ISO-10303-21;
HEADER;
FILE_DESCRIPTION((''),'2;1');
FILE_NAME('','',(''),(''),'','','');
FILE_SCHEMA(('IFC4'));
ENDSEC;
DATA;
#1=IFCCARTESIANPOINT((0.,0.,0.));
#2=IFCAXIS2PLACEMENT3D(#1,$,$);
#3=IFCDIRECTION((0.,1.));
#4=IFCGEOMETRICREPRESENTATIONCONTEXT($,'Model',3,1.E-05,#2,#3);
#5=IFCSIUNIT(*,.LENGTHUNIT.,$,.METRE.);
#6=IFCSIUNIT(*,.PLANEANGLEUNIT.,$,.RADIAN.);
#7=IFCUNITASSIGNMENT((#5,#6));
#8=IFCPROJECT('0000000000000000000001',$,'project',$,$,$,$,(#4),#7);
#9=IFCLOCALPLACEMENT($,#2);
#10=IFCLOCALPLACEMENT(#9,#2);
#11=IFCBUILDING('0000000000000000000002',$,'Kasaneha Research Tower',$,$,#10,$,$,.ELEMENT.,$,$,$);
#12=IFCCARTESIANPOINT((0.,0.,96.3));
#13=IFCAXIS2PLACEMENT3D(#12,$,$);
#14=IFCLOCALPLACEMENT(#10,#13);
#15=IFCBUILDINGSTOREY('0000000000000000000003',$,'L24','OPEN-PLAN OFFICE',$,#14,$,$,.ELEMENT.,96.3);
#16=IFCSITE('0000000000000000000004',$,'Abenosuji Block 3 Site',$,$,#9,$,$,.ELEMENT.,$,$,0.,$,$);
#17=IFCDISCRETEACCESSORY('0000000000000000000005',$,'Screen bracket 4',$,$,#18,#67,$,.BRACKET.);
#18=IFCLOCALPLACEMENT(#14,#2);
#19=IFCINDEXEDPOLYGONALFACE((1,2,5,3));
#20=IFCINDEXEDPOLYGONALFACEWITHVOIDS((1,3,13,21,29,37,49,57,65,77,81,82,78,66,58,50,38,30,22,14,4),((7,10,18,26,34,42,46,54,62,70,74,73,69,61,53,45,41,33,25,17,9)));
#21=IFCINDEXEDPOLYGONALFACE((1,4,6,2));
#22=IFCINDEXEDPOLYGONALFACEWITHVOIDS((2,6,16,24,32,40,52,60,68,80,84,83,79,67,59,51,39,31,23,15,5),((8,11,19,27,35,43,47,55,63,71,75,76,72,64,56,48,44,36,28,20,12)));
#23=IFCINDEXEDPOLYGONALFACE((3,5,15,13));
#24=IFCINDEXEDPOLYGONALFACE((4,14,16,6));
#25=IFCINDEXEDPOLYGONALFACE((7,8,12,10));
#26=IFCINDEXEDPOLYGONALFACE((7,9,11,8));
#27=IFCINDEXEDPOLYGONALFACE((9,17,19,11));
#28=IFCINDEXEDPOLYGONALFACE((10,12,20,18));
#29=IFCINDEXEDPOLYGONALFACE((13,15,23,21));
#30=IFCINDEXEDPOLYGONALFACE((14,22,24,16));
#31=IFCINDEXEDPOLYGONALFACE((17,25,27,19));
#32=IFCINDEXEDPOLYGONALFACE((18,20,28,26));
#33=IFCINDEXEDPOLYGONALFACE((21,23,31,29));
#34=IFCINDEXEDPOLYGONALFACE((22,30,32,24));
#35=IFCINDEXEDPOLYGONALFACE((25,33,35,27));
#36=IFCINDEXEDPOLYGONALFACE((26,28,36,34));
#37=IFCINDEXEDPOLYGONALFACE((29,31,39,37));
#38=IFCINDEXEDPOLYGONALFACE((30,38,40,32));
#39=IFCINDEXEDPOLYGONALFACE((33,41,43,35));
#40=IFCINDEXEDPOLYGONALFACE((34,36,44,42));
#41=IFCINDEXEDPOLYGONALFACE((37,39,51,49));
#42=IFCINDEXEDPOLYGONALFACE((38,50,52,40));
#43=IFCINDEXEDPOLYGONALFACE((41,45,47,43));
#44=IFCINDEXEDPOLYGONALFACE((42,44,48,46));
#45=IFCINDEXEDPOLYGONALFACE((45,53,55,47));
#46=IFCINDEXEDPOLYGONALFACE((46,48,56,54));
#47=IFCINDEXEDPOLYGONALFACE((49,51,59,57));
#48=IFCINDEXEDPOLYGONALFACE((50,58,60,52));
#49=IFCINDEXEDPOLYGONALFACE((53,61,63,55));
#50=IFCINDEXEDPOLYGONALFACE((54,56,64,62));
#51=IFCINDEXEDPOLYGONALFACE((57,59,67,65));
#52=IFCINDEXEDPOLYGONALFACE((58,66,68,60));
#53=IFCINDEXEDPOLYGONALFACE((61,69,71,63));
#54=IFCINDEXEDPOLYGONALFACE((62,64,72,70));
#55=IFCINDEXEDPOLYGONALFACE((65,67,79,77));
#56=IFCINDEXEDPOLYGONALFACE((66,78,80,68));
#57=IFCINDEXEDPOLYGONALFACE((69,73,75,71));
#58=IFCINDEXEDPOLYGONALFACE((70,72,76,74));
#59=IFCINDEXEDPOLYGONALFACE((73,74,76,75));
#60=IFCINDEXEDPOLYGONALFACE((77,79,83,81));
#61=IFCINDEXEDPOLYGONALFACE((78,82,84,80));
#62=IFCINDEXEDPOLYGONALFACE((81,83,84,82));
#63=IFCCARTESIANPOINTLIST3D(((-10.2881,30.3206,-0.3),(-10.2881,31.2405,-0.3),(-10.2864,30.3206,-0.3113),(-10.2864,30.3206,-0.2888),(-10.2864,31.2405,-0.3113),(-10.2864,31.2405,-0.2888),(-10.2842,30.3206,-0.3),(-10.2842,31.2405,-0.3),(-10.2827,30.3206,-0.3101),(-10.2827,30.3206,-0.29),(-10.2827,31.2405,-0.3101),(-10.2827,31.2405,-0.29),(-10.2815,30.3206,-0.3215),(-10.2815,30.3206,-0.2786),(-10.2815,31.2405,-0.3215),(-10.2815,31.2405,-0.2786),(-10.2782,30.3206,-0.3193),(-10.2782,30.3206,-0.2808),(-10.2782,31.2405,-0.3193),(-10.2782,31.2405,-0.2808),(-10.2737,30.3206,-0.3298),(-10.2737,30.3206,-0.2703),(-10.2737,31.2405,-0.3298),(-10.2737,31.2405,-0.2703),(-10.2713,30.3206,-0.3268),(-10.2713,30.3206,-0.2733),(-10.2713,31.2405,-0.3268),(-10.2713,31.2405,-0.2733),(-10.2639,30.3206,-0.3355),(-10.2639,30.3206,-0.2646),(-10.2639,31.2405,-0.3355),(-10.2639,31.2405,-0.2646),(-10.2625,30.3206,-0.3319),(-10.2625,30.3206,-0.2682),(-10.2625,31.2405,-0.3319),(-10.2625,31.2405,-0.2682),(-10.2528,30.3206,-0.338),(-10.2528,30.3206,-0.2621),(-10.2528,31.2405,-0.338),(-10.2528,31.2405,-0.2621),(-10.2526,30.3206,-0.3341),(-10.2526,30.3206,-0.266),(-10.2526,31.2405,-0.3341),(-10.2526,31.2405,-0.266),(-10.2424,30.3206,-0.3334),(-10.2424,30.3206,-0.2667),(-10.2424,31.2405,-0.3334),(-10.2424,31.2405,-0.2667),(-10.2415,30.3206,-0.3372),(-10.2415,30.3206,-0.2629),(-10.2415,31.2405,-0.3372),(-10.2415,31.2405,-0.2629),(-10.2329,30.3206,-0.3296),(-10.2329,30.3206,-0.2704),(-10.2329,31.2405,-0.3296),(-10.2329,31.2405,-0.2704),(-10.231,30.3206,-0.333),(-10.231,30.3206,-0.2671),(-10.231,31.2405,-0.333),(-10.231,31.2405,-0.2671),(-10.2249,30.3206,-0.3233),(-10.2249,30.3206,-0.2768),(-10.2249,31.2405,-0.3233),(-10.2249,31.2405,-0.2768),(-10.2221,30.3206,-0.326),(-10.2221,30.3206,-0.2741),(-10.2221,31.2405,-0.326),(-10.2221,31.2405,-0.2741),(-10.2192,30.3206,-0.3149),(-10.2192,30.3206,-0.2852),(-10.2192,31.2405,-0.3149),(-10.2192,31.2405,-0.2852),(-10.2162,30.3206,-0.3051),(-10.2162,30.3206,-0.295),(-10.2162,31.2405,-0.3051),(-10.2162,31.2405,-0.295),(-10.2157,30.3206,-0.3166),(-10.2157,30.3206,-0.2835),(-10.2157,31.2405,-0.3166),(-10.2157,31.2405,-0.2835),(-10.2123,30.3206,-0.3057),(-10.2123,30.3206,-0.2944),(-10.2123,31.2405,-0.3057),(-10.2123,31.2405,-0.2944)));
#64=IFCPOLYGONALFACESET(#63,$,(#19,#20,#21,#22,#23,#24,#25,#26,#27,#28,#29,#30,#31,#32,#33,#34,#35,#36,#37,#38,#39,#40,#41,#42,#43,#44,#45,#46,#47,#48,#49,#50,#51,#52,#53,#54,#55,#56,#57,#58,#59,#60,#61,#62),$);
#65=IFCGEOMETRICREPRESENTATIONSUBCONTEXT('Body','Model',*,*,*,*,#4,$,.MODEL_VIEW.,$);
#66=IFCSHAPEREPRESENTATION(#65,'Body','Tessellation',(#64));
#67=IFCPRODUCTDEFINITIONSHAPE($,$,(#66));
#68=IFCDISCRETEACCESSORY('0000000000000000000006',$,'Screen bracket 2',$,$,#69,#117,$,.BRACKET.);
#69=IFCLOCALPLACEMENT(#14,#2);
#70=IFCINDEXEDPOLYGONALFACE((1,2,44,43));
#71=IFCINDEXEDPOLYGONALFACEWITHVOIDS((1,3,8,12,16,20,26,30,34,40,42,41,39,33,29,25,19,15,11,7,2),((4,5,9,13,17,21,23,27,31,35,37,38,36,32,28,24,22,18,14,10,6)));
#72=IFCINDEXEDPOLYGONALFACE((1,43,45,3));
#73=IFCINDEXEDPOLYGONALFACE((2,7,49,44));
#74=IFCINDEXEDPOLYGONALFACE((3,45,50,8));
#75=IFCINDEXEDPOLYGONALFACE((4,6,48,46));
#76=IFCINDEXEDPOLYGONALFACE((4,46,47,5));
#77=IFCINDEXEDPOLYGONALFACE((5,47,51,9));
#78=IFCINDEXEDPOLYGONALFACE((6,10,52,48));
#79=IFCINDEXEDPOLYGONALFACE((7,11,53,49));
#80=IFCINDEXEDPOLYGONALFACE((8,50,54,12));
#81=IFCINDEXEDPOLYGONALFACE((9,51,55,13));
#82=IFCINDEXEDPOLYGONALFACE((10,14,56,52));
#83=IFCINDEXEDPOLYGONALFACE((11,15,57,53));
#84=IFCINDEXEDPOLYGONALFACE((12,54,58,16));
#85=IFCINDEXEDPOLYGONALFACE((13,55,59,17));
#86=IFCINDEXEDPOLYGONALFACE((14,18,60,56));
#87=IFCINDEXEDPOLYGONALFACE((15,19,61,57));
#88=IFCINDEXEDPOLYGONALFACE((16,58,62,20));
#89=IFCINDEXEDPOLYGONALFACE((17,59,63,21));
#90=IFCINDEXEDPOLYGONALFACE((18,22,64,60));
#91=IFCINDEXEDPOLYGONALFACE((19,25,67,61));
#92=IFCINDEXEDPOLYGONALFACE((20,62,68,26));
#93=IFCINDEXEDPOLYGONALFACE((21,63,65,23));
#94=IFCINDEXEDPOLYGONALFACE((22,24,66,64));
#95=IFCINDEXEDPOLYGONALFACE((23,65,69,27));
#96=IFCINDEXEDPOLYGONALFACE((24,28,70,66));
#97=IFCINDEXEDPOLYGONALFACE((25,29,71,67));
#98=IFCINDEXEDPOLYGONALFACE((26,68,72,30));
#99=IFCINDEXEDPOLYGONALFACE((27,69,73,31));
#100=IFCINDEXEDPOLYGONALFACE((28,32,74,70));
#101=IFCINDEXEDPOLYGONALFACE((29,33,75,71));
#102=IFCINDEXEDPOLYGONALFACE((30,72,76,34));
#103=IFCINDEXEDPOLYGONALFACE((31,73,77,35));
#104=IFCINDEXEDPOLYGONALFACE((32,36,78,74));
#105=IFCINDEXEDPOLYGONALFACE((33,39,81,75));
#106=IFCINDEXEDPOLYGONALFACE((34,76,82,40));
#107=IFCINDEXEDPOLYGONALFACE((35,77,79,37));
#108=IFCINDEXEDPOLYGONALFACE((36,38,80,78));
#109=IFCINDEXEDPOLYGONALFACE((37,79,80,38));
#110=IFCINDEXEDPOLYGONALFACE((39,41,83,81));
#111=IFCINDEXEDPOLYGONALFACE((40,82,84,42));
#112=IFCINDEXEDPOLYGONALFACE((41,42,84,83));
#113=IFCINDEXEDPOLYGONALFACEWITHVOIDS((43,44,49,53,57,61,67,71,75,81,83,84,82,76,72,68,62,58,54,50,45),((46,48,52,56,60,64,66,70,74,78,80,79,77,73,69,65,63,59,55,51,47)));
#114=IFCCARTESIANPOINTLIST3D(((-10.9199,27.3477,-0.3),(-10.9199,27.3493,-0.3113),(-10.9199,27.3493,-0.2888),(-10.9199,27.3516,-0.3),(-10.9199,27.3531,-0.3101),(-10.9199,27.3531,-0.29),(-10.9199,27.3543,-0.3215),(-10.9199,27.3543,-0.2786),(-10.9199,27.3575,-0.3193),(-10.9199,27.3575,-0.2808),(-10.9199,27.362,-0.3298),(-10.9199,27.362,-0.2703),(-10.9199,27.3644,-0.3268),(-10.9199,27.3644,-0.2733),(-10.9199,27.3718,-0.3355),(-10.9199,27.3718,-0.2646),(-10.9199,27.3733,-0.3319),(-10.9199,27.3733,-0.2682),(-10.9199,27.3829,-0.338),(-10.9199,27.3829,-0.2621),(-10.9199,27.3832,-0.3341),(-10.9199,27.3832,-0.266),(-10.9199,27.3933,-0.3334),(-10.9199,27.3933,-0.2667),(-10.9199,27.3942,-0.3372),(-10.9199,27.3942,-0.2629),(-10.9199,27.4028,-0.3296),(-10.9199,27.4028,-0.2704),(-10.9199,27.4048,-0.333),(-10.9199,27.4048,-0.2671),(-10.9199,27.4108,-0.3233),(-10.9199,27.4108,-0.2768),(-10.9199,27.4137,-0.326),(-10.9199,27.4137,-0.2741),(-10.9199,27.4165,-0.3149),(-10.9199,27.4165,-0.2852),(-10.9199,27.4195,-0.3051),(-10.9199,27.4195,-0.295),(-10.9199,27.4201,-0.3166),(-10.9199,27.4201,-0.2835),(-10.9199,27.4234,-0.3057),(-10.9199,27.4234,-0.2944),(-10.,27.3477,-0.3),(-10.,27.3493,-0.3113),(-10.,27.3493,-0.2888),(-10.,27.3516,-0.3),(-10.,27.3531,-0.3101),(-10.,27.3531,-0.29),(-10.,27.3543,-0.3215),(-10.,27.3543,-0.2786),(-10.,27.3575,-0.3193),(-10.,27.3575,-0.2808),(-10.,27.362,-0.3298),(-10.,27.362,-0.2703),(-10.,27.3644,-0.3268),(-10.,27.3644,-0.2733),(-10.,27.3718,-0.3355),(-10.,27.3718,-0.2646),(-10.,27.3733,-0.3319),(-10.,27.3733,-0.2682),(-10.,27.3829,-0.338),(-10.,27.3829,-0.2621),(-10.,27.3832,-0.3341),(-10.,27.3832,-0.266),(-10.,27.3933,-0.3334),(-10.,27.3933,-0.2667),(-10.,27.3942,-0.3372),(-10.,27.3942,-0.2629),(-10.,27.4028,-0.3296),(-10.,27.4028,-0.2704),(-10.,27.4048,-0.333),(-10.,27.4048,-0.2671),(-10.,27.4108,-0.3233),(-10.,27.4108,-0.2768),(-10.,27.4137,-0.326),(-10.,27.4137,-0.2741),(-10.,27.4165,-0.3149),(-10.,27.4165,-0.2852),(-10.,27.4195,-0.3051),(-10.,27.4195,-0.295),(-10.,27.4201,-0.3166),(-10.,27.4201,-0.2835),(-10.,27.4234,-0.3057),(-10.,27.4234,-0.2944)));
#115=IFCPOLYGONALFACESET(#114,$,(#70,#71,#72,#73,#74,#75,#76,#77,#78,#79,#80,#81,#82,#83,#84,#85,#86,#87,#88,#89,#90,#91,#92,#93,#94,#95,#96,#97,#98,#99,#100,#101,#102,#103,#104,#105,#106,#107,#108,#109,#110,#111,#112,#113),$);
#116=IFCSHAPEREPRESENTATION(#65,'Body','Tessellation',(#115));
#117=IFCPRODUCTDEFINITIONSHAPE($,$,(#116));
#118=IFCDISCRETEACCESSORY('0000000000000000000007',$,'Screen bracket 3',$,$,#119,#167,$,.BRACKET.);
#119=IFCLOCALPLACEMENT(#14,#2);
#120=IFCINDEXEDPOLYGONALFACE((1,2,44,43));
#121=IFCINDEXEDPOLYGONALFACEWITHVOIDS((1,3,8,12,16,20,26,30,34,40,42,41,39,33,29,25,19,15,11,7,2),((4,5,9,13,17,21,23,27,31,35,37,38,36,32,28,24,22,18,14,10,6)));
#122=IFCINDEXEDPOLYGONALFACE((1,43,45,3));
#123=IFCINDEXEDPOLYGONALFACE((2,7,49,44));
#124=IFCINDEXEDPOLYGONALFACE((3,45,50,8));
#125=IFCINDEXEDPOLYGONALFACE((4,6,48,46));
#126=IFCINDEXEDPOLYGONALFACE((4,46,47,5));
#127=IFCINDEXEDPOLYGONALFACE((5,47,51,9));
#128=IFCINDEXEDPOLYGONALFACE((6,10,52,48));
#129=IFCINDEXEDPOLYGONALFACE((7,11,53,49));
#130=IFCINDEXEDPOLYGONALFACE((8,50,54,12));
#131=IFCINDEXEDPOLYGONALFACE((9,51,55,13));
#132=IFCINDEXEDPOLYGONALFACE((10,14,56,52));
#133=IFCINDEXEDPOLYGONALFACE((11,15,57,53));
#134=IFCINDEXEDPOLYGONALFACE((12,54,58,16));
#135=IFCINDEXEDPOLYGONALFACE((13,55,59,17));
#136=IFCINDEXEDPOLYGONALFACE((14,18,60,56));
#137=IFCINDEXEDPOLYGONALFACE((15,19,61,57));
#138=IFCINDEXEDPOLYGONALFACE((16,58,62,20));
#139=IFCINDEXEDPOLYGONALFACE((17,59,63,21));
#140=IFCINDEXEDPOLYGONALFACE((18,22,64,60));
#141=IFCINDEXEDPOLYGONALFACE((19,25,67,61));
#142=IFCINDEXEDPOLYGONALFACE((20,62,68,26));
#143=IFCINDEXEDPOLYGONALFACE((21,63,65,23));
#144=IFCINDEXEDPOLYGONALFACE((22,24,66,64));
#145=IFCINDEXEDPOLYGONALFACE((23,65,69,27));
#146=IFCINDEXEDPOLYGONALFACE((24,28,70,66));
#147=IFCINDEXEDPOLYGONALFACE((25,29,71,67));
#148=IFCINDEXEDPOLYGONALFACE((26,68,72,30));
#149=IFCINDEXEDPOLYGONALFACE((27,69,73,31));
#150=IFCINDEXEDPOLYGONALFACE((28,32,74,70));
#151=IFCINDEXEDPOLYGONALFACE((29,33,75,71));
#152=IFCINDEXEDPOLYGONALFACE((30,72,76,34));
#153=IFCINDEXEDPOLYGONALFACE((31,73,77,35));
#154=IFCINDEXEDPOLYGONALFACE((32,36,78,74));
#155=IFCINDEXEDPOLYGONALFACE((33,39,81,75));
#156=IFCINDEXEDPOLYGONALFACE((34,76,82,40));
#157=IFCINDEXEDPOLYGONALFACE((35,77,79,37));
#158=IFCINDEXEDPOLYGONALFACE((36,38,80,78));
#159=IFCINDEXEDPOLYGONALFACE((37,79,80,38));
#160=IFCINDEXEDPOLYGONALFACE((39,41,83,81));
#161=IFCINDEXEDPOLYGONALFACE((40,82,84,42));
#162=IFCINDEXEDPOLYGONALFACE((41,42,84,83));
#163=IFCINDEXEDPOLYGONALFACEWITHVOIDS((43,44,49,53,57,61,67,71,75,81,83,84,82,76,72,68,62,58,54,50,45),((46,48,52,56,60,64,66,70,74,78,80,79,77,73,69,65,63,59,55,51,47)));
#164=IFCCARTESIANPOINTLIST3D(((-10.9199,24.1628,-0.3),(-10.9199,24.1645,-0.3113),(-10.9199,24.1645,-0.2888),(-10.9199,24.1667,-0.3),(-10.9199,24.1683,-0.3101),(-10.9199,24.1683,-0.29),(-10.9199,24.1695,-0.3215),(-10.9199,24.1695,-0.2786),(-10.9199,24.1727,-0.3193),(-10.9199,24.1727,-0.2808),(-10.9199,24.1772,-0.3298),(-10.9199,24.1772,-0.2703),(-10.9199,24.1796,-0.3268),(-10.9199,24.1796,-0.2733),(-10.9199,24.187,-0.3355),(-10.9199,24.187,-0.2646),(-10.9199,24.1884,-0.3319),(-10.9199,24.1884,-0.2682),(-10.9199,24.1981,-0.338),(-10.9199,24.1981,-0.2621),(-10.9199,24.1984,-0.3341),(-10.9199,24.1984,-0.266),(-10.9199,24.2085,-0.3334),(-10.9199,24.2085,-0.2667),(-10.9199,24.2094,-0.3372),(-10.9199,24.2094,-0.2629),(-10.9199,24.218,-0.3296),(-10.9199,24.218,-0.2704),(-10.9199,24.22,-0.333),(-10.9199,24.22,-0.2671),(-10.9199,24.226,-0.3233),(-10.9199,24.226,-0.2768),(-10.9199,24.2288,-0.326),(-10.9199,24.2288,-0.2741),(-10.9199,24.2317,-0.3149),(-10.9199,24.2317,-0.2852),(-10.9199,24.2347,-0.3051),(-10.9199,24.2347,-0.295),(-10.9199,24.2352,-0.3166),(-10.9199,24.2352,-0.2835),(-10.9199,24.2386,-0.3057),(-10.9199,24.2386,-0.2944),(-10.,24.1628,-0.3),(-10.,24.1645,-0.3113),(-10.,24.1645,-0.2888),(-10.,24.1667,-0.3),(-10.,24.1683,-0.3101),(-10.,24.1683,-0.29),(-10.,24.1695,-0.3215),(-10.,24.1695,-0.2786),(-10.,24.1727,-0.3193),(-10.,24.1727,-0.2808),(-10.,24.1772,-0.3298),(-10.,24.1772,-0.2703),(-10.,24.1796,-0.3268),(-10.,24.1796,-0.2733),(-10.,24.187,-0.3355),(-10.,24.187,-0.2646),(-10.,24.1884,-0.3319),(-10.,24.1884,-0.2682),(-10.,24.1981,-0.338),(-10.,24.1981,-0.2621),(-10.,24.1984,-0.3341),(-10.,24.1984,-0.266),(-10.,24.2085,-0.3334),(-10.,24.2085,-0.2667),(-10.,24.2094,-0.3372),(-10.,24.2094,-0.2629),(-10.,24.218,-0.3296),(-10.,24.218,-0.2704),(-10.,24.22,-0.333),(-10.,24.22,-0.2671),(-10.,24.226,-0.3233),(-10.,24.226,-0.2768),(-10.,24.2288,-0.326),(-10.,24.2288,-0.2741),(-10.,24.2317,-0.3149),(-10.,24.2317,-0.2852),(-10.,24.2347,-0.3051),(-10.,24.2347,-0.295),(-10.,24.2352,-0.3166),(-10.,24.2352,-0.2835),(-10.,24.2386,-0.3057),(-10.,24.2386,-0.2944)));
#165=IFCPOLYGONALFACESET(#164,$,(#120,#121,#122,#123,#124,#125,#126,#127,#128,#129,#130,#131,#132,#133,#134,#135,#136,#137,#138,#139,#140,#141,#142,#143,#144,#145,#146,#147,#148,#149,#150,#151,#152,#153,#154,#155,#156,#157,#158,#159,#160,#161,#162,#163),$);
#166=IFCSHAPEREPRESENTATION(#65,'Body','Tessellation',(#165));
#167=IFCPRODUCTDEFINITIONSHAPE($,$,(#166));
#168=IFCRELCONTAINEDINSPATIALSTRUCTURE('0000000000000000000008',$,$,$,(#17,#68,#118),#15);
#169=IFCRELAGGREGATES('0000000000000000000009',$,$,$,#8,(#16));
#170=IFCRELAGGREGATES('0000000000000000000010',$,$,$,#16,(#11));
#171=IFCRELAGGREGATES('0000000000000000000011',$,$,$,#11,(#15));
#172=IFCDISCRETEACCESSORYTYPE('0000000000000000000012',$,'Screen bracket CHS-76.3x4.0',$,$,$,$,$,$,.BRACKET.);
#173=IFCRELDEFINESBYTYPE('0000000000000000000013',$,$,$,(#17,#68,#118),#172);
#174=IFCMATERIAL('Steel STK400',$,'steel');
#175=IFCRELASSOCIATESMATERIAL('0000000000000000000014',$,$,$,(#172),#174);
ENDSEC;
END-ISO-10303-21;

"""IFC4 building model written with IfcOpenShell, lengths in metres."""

from ifc_helpers import new_model, si_unit, direction, frame, origin, origin_2d, place, context, subcontext, project, spatial, hollow_circle, extrude, material, material_profile, profile_set, type_object, element, save


model = new_model("IFC4")

# Units and contexts
model_context = context("Model", 3, precision=1e-05, world=origin(), true_north=direction((0.0, 1.0)))
body_context = subcontext(model_context, "Body", "Model", "MODEL_VIEW")
ifc_project = project(units=[si_unit("LENGTHUNIT", "METRE"), si_unit("PLANEANGLEUNIT", "RADIAN")], contexts=[model_context])

# Site, building, storey
site_placement = place(None, origin())
site = spatial("IfcSite", under=ifc_project, at=site_placement, Name="Abenosuji Block 3 Site", CompositionType="ELEMENT", RefElevation=0.0)
building_placement = place(site_placement, origin())
building = spatial("IfcBuilding", under=site, at=building_placement, Name="Kasaneha Research Tower", CompositionType="ELEMENT")
storey_placement = place(building_placement, frame((0.0, 0.0, 96.3)))
storey = spatial("IfcBuildingStorey", under=building, at=storey_placement, Name="L24", Description="OPEN-PLAN OFFICE", CompositionType="ELEMENT", Elevation=96.3)

# Discrete accessories
ifc_material_1 = material(Name="Steel STK400", Category="steel")
ifc_material_profile_1 = material_profile(ifc_material_1, hollow_circle(Radius=0.0381, WallThickness=0.0039, at=origin_2d()), Name="CHS-76.3x4.0")
ifc_profile_set_1 = profile_set([ifc_material_profile_1], Name="Steel STK400")
discrete_accessory_type = type_object("IfcDiscreteAccessoryType", Name="Screen bracket CHS-76.3x4.0", PredefinedType="BRACKET", material=ifc_profile_set_1)
for number, where, z_axis, x_axis, name in (
    (1, (-10.25, 30.3206, -0.3), (0.0, 1.0, 0.0), (-1.0, 0.0, 0.0), "Screen bracket 4"),
    (2, (-10.0, 27.3857, -0.3), (-1.0, 0.0, 0.0), (0.0, -1.0, 0.0), "Screen bracket 2"),
    (3, (-10.0, 24.2009, -0.3), (-1.0, 0.0, 0.0), (0.0, -1.0, 0.0), "Screen bracket 3"),
):
    element("IfcDiscreteAccessory", number, at=place(storey_placement, frame(where, z_axis=z_axis, x_axis=x_axis)), inside=storey, type_object=discrete_accessory_type, Name=name, PredefinedType="BRACKET", context=body_context, shape_type="SweptSolid", body=[
        extrude(hollow_circle(Radius=0.0381, WallThickness=0.0039, at=origin_2d()), origin(), (0.0, 0.0, 1.0), 0.9199),
    ])

save(model, "model.ifc")
